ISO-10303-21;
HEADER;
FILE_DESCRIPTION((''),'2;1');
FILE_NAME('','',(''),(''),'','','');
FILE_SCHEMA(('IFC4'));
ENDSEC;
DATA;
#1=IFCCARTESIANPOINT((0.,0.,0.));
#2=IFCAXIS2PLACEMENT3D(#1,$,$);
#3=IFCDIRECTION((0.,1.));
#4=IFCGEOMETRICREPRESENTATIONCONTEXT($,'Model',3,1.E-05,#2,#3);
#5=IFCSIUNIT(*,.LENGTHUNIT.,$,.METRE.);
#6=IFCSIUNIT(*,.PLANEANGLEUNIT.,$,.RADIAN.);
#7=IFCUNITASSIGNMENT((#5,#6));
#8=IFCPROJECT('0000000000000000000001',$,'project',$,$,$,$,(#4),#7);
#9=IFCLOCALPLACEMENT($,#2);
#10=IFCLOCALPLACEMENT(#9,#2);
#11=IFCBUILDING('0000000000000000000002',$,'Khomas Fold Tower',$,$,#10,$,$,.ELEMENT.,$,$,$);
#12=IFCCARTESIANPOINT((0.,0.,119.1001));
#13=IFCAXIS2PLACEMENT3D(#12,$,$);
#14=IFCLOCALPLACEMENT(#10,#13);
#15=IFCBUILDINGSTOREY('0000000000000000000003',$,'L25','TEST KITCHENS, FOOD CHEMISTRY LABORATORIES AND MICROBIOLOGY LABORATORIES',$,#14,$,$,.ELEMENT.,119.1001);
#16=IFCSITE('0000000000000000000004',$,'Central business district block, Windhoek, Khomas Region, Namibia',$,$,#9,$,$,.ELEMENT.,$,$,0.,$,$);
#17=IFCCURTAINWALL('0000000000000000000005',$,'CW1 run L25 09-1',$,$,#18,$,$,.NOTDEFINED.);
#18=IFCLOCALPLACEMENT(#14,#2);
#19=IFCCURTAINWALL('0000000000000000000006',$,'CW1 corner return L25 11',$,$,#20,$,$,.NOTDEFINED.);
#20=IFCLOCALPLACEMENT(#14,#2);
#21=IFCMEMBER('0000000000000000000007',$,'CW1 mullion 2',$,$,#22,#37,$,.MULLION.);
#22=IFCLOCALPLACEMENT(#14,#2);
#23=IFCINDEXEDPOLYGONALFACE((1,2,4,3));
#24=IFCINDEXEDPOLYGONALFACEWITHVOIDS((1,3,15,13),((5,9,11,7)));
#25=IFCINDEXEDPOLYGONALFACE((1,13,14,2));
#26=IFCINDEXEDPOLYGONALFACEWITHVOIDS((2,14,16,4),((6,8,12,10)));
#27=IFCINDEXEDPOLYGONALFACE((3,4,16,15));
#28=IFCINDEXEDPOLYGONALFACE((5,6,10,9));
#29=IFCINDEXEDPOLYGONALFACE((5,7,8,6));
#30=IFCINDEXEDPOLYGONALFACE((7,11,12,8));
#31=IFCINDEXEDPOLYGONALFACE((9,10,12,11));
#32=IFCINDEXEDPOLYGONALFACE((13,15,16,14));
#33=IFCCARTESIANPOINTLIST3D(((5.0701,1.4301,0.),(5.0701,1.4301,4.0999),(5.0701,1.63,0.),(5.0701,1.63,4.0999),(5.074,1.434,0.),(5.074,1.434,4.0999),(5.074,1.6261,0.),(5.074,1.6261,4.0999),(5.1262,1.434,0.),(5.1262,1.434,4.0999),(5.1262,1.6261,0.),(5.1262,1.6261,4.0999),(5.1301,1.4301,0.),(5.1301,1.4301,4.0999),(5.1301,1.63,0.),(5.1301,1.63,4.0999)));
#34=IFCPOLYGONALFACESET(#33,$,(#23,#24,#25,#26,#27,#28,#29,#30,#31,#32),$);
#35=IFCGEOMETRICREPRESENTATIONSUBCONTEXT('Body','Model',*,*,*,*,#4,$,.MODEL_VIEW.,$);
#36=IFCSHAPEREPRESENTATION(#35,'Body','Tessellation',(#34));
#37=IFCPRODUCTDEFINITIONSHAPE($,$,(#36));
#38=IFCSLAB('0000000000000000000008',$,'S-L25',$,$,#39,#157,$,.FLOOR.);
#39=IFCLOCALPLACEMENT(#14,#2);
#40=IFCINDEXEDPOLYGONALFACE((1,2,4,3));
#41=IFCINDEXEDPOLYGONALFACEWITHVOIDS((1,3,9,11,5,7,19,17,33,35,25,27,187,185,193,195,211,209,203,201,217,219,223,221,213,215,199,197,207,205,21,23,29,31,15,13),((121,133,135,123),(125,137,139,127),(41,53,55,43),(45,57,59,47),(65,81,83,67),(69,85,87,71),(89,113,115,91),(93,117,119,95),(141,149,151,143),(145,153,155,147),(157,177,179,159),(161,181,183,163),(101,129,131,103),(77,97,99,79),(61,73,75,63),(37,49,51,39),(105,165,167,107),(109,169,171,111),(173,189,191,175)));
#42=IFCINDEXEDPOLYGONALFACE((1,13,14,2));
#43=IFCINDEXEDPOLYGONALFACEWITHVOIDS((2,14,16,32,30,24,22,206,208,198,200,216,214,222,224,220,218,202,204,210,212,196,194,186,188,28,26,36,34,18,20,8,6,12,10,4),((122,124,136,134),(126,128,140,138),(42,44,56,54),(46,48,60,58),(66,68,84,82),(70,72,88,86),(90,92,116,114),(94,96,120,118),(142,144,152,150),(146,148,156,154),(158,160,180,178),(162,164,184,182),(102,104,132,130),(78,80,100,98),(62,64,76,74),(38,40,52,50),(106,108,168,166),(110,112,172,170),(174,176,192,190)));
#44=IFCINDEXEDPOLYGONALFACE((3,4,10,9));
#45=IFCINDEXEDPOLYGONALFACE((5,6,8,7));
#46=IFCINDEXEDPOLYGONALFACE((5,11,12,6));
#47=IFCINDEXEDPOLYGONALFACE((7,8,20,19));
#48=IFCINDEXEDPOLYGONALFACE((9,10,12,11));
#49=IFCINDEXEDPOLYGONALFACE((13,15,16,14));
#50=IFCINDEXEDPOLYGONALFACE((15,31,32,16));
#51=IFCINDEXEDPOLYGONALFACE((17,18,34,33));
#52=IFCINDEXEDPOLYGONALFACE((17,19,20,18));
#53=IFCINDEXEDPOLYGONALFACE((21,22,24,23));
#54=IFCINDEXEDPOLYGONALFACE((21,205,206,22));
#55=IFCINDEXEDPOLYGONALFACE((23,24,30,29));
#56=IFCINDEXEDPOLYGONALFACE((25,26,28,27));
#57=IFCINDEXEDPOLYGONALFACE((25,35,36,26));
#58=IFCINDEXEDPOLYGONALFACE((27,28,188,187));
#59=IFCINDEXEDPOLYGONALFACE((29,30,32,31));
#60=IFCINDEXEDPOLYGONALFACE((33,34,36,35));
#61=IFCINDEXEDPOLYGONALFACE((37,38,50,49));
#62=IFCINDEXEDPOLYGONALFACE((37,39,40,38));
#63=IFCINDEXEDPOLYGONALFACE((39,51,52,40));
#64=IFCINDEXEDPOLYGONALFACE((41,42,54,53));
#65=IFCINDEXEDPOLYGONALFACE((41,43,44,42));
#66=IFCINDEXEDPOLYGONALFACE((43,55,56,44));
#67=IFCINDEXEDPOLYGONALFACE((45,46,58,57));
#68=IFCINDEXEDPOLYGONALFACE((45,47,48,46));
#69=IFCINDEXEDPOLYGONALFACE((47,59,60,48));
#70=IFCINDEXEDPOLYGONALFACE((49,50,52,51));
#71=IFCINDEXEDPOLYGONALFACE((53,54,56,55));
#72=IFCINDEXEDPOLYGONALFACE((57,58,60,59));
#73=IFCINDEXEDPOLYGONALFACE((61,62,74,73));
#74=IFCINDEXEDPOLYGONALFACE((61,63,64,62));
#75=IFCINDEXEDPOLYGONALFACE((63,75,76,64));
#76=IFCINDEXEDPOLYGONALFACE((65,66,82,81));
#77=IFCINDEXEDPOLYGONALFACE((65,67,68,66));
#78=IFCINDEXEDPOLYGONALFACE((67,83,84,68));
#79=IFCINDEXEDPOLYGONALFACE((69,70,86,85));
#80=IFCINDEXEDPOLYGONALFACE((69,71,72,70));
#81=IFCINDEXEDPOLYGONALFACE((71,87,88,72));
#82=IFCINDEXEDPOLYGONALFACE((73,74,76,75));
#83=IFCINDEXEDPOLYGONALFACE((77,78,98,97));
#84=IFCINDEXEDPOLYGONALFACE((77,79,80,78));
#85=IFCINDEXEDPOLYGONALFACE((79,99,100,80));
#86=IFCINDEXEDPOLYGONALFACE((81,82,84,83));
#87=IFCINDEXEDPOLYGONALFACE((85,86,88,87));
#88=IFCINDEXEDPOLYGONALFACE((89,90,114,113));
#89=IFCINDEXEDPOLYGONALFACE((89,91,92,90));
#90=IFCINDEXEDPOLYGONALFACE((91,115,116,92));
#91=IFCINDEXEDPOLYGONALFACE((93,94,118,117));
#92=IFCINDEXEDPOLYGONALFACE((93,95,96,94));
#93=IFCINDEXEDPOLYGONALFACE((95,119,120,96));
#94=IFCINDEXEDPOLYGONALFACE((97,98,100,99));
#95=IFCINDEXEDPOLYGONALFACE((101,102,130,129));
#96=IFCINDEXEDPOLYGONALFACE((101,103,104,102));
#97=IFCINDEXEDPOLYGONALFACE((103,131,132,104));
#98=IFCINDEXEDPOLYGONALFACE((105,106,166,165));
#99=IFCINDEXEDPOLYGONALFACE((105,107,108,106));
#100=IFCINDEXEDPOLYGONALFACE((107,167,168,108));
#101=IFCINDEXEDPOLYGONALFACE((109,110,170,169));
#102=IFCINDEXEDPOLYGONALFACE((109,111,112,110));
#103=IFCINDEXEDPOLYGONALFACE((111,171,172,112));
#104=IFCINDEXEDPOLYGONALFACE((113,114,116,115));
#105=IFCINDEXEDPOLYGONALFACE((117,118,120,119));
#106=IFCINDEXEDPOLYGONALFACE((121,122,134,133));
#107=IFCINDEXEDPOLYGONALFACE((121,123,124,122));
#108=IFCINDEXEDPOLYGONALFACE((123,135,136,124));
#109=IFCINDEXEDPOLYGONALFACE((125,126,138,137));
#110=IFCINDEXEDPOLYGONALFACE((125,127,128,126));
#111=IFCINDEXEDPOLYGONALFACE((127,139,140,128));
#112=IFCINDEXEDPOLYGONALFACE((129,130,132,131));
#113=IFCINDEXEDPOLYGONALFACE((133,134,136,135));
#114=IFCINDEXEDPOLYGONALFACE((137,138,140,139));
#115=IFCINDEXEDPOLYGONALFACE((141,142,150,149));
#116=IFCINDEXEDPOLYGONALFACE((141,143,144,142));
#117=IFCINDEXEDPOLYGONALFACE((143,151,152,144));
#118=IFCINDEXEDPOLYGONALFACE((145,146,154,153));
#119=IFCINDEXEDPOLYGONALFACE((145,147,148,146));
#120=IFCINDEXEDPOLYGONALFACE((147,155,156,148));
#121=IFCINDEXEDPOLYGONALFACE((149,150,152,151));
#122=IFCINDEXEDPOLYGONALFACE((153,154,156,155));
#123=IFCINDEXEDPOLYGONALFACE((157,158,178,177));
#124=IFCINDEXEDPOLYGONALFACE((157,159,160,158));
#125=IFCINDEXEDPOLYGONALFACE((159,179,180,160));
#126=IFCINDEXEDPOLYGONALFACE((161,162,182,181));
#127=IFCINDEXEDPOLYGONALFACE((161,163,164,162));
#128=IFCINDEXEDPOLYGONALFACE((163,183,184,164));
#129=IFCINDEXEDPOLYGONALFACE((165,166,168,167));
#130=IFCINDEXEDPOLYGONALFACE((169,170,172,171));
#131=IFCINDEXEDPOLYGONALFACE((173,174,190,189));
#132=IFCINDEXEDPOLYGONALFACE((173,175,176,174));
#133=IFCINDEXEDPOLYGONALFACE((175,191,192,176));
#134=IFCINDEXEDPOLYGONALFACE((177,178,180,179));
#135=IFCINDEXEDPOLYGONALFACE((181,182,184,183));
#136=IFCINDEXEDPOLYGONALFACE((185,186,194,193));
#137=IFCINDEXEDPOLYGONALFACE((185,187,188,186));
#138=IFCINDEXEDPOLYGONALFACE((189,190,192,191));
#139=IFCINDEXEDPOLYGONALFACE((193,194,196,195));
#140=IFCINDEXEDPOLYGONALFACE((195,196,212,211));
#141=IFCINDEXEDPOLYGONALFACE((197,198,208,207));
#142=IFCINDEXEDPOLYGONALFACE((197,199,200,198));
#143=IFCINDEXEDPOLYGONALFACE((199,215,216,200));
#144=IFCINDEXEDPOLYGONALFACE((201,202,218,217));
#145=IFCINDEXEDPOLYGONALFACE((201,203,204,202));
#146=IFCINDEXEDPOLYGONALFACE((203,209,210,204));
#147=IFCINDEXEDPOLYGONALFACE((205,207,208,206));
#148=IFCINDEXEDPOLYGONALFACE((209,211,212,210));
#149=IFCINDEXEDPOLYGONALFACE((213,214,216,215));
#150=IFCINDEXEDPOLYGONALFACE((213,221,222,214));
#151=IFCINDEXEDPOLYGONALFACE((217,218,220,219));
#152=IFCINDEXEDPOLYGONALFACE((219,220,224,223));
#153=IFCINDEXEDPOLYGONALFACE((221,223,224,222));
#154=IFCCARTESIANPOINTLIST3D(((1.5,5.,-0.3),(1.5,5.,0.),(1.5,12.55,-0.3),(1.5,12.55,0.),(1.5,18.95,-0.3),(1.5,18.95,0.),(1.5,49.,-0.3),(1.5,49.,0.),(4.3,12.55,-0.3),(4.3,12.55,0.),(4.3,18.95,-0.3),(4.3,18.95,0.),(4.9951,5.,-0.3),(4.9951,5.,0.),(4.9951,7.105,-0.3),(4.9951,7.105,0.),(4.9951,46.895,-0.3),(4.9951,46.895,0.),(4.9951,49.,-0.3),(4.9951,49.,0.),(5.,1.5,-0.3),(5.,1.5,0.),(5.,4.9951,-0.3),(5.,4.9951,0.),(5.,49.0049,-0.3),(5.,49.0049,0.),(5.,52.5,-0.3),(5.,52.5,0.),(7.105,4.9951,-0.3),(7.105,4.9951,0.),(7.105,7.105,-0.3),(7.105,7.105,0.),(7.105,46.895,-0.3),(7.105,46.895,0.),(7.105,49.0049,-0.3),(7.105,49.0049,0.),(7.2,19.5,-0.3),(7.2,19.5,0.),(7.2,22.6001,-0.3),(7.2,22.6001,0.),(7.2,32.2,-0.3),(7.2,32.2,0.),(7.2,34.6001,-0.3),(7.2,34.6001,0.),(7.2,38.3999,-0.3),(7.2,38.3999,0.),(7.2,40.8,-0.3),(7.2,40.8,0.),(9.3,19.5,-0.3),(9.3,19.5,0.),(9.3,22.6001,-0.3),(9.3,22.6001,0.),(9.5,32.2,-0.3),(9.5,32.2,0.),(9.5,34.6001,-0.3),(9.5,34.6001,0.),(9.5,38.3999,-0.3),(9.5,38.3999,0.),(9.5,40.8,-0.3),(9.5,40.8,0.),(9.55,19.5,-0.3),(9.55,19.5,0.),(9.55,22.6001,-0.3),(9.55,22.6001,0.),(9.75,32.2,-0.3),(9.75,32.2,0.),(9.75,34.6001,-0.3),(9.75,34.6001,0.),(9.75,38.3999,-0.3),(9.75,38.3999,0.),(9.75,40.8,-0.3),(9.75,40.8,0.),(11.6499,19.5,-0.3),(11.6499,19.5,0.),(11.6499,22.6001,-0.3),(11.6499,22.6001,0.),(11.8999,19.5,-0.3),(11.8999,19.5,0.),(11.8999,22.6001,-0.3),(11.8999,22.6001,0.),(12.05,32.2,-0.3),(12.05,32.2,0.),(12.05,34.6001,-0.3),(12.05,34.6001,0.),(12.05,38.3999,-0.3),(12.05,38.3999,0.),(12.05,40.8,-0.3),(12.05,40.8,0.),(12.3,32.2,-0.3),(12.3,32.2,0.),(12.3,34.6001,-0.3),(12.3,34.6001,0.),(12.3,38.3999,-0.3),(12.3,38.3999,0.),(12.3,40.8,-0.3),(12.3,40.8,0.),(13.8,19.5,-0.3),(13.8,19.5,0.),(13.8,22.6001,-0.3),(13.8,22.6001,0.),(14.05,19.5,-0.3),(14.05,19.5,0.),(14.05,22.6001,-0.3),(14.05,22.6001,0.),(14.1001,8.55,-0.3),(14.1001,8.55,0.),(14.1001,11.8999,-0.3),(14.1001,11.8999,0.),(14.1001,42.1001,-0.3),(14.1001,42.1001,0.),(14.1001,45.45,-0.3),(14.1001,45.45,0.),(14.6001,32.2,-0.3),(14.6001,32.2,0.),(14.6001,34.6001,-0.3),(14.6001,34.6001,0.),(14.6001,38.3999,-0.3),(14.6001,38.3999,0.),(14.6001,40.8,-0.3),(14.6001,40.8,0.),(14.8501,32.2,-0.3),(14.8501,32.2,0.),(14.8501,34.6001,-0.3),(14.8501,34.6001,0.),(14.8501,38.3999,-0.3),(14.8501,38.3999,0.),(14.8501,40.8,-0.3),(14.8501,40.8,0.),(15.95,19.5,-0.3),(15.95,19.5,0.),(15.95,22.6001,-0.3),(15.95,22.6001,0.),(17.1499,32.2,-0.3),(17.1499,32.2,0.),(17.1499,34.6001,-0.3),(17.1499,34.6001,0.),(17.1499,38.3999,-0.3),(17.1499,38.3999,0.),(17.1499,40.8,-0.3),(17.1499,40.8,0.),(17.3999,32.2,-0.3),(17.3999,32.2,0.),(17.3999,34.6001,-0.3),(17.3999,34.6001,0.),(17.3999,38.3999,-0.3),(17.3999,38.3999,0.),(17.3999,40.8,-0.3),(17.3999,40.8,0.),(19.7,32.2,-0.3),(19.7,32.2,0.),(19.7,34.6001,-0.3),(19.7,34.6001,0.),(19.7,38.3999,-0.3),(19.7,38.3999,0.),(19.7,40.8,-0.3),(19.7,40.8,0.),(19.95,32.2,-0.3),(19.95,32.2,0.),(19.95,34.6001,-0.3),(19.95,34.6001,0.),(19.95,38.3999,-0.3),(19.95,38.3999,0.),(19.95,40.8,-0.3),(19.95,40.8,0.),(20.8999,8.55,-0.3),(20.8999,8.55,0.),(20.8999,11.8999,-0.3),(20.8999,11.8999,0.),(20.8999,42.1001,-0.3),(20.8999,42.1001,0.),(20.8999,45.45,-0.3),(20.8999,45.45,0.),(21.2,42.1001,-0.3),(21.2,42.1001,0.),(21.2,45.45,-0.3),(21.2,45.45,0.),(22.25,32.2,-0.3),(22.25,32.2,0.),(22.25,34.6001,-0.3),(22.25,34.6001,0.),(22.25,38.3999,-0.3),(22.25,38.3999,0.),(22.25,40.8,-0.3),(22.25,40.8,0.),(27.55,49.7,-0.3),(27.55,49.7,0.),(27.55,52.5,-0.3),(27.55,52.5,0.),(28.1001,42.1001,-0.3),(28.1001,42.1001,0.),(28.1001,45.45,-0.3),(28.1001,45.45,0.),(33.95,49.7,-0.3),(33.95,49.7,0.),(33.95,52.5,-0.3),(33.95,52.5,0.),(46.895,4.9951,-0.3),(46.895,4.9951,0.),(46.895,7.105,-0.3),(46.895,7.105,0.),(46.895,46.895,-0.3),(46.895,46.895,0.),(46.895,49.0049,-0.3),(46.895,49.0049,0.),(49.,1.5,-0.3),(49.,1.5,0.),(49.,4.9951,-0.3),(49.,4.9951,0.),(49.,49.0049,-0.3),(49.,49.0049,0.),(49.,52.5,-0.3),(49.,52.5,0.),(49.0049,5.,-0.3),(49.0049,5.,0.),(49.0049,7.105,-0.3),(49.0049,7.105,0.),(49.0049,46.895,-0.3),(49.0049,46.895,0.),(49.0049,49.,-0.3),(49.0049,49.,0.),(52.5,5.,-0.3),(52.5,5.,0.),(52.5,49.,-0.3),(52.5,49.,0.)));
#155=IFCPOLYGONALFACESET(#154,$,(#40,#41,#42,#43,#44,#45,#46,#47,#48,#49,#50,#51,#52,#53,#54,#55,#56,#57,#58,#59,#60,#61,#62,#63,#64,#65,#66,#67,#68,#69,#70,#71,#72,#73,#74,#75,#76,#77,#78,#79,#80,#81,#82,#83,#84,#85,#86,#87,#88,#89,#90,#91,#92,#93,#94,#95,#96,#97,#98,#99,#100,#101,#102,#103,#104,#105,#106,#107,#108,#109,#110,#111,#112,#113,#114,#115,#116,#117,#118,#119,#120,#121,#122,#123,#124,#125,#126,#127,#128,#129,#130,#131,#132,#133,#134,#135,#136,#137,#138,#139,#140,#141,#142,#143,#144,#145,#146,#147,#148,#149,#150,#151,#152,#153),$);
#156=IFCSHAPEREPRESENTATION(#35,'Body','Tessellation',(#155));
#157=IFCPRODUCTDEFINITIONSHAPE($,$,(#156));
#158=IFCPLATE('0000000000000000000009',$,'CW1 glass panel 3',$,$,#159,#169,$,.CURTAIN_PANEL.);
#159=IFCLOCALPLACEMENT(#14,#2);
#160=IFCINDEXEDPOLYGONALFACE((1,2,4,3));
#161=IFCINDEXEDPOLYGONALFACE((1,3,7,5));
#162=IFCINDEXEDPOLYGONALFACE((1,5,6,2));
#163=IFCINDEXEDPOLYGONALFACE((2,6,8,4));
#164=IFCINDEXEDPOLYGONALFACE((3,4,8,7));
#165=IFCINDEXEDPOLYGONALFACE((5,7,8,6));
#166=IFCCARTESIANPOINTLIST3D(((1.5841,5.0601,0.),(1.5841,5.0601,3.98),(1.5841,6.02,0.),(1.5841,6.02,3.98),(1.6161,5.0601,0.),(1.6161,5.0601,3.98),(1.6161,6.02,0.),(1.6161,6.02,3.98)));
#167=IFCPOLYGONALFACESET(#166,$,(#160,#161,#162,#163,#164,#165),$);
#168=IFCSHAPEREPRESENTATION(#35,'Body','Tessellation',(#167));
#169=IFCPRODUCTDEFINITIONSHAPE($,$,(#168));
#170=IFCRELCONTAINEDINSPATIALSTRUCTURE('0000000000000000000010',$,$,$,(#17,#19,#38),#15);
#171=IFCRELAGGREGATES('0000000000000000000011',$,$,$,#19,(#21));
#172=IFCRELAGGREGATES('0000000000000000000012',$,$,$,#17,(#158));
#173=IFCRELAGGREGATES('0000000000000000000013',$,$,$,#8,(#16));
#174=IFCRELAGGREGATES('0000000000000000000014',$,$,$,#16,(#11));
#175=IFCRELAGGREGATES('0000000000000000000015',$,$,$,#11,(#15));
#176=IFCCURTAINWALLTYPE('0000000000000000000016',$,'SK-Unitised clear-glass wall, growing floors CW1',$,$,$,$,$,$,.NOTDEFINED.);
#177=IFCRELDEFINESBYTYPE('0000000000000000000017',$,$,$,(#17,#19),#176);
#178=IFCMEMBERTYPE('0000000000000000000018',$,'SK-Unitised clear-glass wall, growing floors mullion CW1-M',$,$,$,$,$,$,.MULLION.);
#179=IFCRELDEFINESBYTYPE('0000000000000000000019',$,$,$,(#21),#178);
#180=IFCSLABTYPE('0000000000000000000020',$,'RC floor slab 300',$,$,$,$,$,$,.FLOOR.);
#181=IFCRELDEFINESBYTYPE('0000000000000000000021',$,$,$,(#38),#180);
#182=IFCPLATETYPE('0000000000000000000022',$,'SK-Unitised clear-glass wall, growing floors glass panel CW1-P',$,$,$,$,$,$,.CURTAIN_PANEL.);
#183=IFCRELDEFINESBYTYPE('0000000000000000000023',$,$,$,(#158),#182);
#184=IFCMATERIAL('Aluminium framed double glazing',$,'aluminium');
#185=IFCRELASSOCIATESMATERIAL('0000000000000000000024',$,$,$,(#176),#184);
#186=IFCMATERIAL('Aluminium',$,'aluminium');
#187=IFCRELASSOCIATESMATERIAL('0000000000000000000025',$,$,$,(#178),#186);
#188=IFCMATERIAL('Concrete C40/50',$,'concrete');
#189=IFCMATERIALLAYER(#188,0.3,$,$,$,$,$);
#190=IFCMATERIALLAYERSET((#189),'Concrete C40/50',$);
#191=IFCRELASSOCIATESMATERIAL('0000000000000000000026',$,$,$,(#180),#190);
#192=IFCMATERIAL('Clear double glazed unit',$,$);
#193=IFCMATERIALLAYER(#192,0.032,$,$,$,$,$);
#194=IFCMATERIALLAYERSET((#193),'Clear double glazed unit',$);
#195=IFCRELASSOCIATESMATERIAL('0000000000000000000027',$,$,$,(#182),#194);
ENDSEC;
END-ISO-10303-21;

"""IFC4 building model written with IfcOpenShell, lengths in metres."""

from ifc_helpers import new_model, si_unit, direction, frame, origin, origin_2d, place, context, subcontext, project, spatial, polyline, rectangle, hollow_rectangle, outline, extrude, source, transform, mapped, material, layer, layer_set, material_profile, profile_set, type_object, element, aggregate, save


model = new_model("IFC4")

# Units and contexts
model_context = context("Model", 3, precision=1e-05, world=origin(), true_north=direction((0.0, 1.0)))
body_context = subcontext(model_context, "Body", "Model", "MODEL_VIEW")
ifc_project = project(units=[si_unit("LENGTHUNIT", "METRE"), si_unit("PLANEANGLEUNIT", "RADIAN")], contexts=[model_context])

# Site, building, storey
site_placement = place(None, origin())
site = spatial("IfcSite", under=ifc_project, at=site_placement, Name="Central business district block, Windhoek, Khomas Region, Namibia", CompositionType="ELEMENT", RefElevation=0.0)
building_placement = place(site_placement, origin())
building = spatial("IfcBuilding", under=site, at=building_placement, Name="Khomas Fold Tower", CompositionType="ELEMENT")
storey_placement = place(building_placement, frame((0.0, 0.0, 119.1001)))
storey = spatial("IfcBuildingStorey", under=building, at=storey_placement, Name="L25", Description="TEST KITCHENS, FOOD CHEMISTRY LABORATORIES AND MICROBIOLOGY LABORATORIES", CompositionType="ELEMENT", Elevation=119.1001)

# Curtain wall
ifc_material_1 = material(Name="Aluminium framed double glazing", Category="aluminium")
curtain_wall_type = type_object("IfcCurtainWallType", Name="SK-Unitised clear-glass wall, growing floors CW1", PredefinedType="NOTDEFINED", material=ifc_material_1)
curtain_wall_1_placement = place(storey_placement, origin())
curtain_wall_1 = element("IfcCurtainWall", 1, at=curtain_wall_1_placement, inside=storey, type_object=curtain_wall_type, Name="CW1 run L25 09-1", PredefinedType="NOTDEFINED")

# Shared definitions
ifc_material_2 = material(Name="Aluminium", Category="aluminium")
ifc_material_profile_1 = material_profile(ifc_material_2, hollow_rectangle(XDim=0.0601, YDim=0.2, WallThickness=0.0039, at=origin_2d()), Name="SK-Unitised clear-glass wall, growing floors mullion CW1-M")
ifc_profile_set_1 = profile_set([ifc_material_profile_1], Name="Aluminium")
member_type_1 = type_object("IfcMemberType", Name="SK-Unitised clear-glass wall, growing floors mullion CW1-M", PredefinedType="MULLION", material=ifc_profile_set_1)
shared_shape_1 = source(origin(), body_context, "Body", "SweptSolid", [
    extrude(hollow_rectangle(XDim=0.0601, YDim=0.2, WallThickness=0.0039, at=origin_2d()), origin(), (0.0, 0.0, 1.0), 4.0999),
])

# Curtain wall, member
curtain_wall_2_placement = place(storey_placement, origin())
curtain_wall_2 = element("IfcCurtainWall", 2, at=curtain_wall_2_placement, inside=storey, type_object=curtain_wall_type, Name="CW1 corner return L25 11", PredefinedType="NOTDEFINED")
member_1_placement = place(storey_placement, frame((5.1001, 1.53, 0.0), z_axis=(0.0, 0.0, 1.0), x_axis=(1.0, 0.0, 0.0)))
member_1 = element("IfcMember", 3, at=member_1_placement, type_object=member_type_1, Name="CW1 mullion 2", PredefinedType="MULLION", context=body_context, shape_type="MappedRepresentation", body=[
    mapped(shared_shape_1, transform((0.0, 0.0, 0.0))),
])
aggregate(curtain_wall_2, [member_1])

# Slab
ifc_material_3 = material(Name="Concrete C40/50", Category="concrete")
ifc_layer_1 = layer(ifc_material_3, 0.3)
ifc_layer_set_1 = layer_set([ifc_layer_1], Name="Concrete C40/50")
slab_type_1 = type_object("IfcSlabType", Name="RC floor slab 300", PredefinedType="FLOOR", material=ifc_layer_set_1)
shared_shape_2 = source(origin(), body_context, "Body", "SweptSolid", [
    extrude(outline(polyline([(1.5, 5.0), (4.9951, 5.0), (4.9951, 7.105), (7.105, 7.105), (7.105, 4.9951), (5.0, 4.9951), (5.0, 1.5), (49.0, 1.5), (49.0, 4.9951), (46.895, 4.9951), (46.895, 7.105), (49.0049, 7.105), (49.0049, 5.0), (52.5, 5.0), (52.5, 49.0), (49.0049, 49.0), (49.0049, 46.895), (46.895, 46.895), (46.895, 49.0049), (49.0, 49.0049), (49.0, 52.5), (33.95, 52.5), (33.95, 49.7), (27.55, 49.7), (27.55, 52.5), (5.0, 52.5), (5.0, 49.0049), (7.105, 49.0049), (7.105, 46.895), (4.9951, 46.895), (4.9951, 49.0), (1.5, 49.0), (1.5, 18.95), (4.3, 18.95), (4.3, 12.55), (1.5, 12.55), (1.5, 5.0)]), holes=[polyline([(7.2, 19.5), (7.2, 22.6001), (9.3, 22.6001), (9.3, 19.5), (7.2, 19.5)]), polyline([(7.2, 32.2), (7.2, 34.6001), (9.5, 34.6001), (9.5, 32.2), (7.2, 32.2)]), polyline([(7.2, 38.3999), (7.2, 40.8), (9.5, 40.8), (9.5, 38.3999), (7.2, 38.3999)]), polyline([(9.55, 19.5), (9.55, 22.6001), (11.6499, 22.6001), (11.6499, 19.5), (9.55, 19.5)]), polyline([(9.75, 32.2), (9.75, 34.6001), (12.05, 34.6001), (12.05, 32.2), (9.75, 32.2)]), polyline([(9.75, 38.3999), (9.75, 40.8), (12.05, 40.8), (12.05, 38.3999), (9.75, 38.3999)]), polyline([(11.8999, 19.5), (11.8999, 22.6001), (13.8, 22.6001), (13.8, 19.5), (11.8999, 19.5)]), polyline([(12.3, 32.2), (12.3, 34.6001), (14.6001, 34.6001), (14.6001, 32.2), (12.3, 32.2)]), polyline([(12.3, 38.3999), (12.3, 40.8), (14.6001, 40.8), (14.6001, 38.3999), (12.3, 38.3999)]), polyline([(14.05, 19.5), (14.05, 22.6001), (15.95, 22.6001), (15.95, 19.5), (14.05, 19.5)]), polyline([(14.1001, 8.55), (14.1001, 11.8999), (20.8999, 11.8999), (20.8999, 8.55), (14.1001, 8.55)]), polyline([(14.1001, 42.1001), (14.1001, 45.45), (20.8999, 45.45), (20.8999, 42.1001), (14.1001, 42.1001)]), polyline([(14.8501, 32.2), (14.8501, 34.6001), (17.1499, 34.6001), (17.1499, 32.2), (14.8501, 32.2)]), polyline([(14.8501, 38.3999), (14.8501, 40.8), (17.1499, 40.8), (17.1499, 38.3999), (14.8501, 38.3999)]), polyline([(17.3999, 32.2), (17.3999, 34.6001), (19.7, 34.6001), (19.7, 32.2), (17.3999, 32.2)]), polyline([(17.3999, 38.3999), (17.3999, 40.8), (19.7, 40.8), (19.7, 38.3999), (17.3999, 38.3999)]), polyline([(19.95, 32.2), (19.95, 34.6001), (22.25, 34.6001), (22.25, 32.2), (19.95, 32.2)]), polyline([(19.95, 38.3999), (19.95, 40.8), (22.25, 40.8), (22.25, 38.3999), (19.95, 38.3999)]), polyline([(21.2, 42.1001), (21.2, 45.45), (28.1001, 45.45), (28.1001, 42.1001), (21.2, 42.1001)])]), origin(), (0.0, 0.0, 1.0), 0.3),
])
slab_1_placement = place(storey_placement, frame((0.0, 0.0, -0.3)))
element("IfcSlab", 4, at=slab_1_placement, inside=storey, type_object=slab_type_1, Name="S-L25", PredefinedType="FLOOR", context=body_context, shape_type="MappedRepresentation", body=[
    mapped(shared_shape_2, transform((0.0, 0.0, 0.0))),
])

# Plate
ifc_material_4 = material(Name="Clear double glazed unit")
ifc_layer_2 = layer(ifc_material_4, 0.032)
ifc_layer_set_2 = layer_set([ifc_layer_2], Name="Clear double glazed unit")
plate_type = type_object("IfcPlateType", Name="SK-Unitised clear-glass wall, growing floors glass panel CW1-P", PredefinedType="CURTAIN_PANEL", material=ifc_layer_set_2)
shared_shape_3 = source(origin(), body_context, "Body", "SweptSolid", [
    extrude(rectangle(XDim=0.96, YDim=0.032, at=origin_2d()), origin(), (0.0, 0.0, 1.0), 3.98),
])
plate_1_placement = place(storey_placement, frame((1.6001, 5.54, 0.0), z_axis=(0.0, 0.0, 1.0), x_axis=(0.0, -1.0, 0.0)))
plate_1 = element("IfcPlate", 5, at=plate_1_placement, type_object=plate_type, Name="CW1 glass panel 3", PredefinedType="CURTAIN_PANEL", context=body_context, shape_type="MappedRepresentation", body=[
    mapped(shared_shape_3, transform((0.0, 0.0, 0.0))),
])
aggregate(curtain_wall_1, [plate_1])

save(model, "model.ifc")
